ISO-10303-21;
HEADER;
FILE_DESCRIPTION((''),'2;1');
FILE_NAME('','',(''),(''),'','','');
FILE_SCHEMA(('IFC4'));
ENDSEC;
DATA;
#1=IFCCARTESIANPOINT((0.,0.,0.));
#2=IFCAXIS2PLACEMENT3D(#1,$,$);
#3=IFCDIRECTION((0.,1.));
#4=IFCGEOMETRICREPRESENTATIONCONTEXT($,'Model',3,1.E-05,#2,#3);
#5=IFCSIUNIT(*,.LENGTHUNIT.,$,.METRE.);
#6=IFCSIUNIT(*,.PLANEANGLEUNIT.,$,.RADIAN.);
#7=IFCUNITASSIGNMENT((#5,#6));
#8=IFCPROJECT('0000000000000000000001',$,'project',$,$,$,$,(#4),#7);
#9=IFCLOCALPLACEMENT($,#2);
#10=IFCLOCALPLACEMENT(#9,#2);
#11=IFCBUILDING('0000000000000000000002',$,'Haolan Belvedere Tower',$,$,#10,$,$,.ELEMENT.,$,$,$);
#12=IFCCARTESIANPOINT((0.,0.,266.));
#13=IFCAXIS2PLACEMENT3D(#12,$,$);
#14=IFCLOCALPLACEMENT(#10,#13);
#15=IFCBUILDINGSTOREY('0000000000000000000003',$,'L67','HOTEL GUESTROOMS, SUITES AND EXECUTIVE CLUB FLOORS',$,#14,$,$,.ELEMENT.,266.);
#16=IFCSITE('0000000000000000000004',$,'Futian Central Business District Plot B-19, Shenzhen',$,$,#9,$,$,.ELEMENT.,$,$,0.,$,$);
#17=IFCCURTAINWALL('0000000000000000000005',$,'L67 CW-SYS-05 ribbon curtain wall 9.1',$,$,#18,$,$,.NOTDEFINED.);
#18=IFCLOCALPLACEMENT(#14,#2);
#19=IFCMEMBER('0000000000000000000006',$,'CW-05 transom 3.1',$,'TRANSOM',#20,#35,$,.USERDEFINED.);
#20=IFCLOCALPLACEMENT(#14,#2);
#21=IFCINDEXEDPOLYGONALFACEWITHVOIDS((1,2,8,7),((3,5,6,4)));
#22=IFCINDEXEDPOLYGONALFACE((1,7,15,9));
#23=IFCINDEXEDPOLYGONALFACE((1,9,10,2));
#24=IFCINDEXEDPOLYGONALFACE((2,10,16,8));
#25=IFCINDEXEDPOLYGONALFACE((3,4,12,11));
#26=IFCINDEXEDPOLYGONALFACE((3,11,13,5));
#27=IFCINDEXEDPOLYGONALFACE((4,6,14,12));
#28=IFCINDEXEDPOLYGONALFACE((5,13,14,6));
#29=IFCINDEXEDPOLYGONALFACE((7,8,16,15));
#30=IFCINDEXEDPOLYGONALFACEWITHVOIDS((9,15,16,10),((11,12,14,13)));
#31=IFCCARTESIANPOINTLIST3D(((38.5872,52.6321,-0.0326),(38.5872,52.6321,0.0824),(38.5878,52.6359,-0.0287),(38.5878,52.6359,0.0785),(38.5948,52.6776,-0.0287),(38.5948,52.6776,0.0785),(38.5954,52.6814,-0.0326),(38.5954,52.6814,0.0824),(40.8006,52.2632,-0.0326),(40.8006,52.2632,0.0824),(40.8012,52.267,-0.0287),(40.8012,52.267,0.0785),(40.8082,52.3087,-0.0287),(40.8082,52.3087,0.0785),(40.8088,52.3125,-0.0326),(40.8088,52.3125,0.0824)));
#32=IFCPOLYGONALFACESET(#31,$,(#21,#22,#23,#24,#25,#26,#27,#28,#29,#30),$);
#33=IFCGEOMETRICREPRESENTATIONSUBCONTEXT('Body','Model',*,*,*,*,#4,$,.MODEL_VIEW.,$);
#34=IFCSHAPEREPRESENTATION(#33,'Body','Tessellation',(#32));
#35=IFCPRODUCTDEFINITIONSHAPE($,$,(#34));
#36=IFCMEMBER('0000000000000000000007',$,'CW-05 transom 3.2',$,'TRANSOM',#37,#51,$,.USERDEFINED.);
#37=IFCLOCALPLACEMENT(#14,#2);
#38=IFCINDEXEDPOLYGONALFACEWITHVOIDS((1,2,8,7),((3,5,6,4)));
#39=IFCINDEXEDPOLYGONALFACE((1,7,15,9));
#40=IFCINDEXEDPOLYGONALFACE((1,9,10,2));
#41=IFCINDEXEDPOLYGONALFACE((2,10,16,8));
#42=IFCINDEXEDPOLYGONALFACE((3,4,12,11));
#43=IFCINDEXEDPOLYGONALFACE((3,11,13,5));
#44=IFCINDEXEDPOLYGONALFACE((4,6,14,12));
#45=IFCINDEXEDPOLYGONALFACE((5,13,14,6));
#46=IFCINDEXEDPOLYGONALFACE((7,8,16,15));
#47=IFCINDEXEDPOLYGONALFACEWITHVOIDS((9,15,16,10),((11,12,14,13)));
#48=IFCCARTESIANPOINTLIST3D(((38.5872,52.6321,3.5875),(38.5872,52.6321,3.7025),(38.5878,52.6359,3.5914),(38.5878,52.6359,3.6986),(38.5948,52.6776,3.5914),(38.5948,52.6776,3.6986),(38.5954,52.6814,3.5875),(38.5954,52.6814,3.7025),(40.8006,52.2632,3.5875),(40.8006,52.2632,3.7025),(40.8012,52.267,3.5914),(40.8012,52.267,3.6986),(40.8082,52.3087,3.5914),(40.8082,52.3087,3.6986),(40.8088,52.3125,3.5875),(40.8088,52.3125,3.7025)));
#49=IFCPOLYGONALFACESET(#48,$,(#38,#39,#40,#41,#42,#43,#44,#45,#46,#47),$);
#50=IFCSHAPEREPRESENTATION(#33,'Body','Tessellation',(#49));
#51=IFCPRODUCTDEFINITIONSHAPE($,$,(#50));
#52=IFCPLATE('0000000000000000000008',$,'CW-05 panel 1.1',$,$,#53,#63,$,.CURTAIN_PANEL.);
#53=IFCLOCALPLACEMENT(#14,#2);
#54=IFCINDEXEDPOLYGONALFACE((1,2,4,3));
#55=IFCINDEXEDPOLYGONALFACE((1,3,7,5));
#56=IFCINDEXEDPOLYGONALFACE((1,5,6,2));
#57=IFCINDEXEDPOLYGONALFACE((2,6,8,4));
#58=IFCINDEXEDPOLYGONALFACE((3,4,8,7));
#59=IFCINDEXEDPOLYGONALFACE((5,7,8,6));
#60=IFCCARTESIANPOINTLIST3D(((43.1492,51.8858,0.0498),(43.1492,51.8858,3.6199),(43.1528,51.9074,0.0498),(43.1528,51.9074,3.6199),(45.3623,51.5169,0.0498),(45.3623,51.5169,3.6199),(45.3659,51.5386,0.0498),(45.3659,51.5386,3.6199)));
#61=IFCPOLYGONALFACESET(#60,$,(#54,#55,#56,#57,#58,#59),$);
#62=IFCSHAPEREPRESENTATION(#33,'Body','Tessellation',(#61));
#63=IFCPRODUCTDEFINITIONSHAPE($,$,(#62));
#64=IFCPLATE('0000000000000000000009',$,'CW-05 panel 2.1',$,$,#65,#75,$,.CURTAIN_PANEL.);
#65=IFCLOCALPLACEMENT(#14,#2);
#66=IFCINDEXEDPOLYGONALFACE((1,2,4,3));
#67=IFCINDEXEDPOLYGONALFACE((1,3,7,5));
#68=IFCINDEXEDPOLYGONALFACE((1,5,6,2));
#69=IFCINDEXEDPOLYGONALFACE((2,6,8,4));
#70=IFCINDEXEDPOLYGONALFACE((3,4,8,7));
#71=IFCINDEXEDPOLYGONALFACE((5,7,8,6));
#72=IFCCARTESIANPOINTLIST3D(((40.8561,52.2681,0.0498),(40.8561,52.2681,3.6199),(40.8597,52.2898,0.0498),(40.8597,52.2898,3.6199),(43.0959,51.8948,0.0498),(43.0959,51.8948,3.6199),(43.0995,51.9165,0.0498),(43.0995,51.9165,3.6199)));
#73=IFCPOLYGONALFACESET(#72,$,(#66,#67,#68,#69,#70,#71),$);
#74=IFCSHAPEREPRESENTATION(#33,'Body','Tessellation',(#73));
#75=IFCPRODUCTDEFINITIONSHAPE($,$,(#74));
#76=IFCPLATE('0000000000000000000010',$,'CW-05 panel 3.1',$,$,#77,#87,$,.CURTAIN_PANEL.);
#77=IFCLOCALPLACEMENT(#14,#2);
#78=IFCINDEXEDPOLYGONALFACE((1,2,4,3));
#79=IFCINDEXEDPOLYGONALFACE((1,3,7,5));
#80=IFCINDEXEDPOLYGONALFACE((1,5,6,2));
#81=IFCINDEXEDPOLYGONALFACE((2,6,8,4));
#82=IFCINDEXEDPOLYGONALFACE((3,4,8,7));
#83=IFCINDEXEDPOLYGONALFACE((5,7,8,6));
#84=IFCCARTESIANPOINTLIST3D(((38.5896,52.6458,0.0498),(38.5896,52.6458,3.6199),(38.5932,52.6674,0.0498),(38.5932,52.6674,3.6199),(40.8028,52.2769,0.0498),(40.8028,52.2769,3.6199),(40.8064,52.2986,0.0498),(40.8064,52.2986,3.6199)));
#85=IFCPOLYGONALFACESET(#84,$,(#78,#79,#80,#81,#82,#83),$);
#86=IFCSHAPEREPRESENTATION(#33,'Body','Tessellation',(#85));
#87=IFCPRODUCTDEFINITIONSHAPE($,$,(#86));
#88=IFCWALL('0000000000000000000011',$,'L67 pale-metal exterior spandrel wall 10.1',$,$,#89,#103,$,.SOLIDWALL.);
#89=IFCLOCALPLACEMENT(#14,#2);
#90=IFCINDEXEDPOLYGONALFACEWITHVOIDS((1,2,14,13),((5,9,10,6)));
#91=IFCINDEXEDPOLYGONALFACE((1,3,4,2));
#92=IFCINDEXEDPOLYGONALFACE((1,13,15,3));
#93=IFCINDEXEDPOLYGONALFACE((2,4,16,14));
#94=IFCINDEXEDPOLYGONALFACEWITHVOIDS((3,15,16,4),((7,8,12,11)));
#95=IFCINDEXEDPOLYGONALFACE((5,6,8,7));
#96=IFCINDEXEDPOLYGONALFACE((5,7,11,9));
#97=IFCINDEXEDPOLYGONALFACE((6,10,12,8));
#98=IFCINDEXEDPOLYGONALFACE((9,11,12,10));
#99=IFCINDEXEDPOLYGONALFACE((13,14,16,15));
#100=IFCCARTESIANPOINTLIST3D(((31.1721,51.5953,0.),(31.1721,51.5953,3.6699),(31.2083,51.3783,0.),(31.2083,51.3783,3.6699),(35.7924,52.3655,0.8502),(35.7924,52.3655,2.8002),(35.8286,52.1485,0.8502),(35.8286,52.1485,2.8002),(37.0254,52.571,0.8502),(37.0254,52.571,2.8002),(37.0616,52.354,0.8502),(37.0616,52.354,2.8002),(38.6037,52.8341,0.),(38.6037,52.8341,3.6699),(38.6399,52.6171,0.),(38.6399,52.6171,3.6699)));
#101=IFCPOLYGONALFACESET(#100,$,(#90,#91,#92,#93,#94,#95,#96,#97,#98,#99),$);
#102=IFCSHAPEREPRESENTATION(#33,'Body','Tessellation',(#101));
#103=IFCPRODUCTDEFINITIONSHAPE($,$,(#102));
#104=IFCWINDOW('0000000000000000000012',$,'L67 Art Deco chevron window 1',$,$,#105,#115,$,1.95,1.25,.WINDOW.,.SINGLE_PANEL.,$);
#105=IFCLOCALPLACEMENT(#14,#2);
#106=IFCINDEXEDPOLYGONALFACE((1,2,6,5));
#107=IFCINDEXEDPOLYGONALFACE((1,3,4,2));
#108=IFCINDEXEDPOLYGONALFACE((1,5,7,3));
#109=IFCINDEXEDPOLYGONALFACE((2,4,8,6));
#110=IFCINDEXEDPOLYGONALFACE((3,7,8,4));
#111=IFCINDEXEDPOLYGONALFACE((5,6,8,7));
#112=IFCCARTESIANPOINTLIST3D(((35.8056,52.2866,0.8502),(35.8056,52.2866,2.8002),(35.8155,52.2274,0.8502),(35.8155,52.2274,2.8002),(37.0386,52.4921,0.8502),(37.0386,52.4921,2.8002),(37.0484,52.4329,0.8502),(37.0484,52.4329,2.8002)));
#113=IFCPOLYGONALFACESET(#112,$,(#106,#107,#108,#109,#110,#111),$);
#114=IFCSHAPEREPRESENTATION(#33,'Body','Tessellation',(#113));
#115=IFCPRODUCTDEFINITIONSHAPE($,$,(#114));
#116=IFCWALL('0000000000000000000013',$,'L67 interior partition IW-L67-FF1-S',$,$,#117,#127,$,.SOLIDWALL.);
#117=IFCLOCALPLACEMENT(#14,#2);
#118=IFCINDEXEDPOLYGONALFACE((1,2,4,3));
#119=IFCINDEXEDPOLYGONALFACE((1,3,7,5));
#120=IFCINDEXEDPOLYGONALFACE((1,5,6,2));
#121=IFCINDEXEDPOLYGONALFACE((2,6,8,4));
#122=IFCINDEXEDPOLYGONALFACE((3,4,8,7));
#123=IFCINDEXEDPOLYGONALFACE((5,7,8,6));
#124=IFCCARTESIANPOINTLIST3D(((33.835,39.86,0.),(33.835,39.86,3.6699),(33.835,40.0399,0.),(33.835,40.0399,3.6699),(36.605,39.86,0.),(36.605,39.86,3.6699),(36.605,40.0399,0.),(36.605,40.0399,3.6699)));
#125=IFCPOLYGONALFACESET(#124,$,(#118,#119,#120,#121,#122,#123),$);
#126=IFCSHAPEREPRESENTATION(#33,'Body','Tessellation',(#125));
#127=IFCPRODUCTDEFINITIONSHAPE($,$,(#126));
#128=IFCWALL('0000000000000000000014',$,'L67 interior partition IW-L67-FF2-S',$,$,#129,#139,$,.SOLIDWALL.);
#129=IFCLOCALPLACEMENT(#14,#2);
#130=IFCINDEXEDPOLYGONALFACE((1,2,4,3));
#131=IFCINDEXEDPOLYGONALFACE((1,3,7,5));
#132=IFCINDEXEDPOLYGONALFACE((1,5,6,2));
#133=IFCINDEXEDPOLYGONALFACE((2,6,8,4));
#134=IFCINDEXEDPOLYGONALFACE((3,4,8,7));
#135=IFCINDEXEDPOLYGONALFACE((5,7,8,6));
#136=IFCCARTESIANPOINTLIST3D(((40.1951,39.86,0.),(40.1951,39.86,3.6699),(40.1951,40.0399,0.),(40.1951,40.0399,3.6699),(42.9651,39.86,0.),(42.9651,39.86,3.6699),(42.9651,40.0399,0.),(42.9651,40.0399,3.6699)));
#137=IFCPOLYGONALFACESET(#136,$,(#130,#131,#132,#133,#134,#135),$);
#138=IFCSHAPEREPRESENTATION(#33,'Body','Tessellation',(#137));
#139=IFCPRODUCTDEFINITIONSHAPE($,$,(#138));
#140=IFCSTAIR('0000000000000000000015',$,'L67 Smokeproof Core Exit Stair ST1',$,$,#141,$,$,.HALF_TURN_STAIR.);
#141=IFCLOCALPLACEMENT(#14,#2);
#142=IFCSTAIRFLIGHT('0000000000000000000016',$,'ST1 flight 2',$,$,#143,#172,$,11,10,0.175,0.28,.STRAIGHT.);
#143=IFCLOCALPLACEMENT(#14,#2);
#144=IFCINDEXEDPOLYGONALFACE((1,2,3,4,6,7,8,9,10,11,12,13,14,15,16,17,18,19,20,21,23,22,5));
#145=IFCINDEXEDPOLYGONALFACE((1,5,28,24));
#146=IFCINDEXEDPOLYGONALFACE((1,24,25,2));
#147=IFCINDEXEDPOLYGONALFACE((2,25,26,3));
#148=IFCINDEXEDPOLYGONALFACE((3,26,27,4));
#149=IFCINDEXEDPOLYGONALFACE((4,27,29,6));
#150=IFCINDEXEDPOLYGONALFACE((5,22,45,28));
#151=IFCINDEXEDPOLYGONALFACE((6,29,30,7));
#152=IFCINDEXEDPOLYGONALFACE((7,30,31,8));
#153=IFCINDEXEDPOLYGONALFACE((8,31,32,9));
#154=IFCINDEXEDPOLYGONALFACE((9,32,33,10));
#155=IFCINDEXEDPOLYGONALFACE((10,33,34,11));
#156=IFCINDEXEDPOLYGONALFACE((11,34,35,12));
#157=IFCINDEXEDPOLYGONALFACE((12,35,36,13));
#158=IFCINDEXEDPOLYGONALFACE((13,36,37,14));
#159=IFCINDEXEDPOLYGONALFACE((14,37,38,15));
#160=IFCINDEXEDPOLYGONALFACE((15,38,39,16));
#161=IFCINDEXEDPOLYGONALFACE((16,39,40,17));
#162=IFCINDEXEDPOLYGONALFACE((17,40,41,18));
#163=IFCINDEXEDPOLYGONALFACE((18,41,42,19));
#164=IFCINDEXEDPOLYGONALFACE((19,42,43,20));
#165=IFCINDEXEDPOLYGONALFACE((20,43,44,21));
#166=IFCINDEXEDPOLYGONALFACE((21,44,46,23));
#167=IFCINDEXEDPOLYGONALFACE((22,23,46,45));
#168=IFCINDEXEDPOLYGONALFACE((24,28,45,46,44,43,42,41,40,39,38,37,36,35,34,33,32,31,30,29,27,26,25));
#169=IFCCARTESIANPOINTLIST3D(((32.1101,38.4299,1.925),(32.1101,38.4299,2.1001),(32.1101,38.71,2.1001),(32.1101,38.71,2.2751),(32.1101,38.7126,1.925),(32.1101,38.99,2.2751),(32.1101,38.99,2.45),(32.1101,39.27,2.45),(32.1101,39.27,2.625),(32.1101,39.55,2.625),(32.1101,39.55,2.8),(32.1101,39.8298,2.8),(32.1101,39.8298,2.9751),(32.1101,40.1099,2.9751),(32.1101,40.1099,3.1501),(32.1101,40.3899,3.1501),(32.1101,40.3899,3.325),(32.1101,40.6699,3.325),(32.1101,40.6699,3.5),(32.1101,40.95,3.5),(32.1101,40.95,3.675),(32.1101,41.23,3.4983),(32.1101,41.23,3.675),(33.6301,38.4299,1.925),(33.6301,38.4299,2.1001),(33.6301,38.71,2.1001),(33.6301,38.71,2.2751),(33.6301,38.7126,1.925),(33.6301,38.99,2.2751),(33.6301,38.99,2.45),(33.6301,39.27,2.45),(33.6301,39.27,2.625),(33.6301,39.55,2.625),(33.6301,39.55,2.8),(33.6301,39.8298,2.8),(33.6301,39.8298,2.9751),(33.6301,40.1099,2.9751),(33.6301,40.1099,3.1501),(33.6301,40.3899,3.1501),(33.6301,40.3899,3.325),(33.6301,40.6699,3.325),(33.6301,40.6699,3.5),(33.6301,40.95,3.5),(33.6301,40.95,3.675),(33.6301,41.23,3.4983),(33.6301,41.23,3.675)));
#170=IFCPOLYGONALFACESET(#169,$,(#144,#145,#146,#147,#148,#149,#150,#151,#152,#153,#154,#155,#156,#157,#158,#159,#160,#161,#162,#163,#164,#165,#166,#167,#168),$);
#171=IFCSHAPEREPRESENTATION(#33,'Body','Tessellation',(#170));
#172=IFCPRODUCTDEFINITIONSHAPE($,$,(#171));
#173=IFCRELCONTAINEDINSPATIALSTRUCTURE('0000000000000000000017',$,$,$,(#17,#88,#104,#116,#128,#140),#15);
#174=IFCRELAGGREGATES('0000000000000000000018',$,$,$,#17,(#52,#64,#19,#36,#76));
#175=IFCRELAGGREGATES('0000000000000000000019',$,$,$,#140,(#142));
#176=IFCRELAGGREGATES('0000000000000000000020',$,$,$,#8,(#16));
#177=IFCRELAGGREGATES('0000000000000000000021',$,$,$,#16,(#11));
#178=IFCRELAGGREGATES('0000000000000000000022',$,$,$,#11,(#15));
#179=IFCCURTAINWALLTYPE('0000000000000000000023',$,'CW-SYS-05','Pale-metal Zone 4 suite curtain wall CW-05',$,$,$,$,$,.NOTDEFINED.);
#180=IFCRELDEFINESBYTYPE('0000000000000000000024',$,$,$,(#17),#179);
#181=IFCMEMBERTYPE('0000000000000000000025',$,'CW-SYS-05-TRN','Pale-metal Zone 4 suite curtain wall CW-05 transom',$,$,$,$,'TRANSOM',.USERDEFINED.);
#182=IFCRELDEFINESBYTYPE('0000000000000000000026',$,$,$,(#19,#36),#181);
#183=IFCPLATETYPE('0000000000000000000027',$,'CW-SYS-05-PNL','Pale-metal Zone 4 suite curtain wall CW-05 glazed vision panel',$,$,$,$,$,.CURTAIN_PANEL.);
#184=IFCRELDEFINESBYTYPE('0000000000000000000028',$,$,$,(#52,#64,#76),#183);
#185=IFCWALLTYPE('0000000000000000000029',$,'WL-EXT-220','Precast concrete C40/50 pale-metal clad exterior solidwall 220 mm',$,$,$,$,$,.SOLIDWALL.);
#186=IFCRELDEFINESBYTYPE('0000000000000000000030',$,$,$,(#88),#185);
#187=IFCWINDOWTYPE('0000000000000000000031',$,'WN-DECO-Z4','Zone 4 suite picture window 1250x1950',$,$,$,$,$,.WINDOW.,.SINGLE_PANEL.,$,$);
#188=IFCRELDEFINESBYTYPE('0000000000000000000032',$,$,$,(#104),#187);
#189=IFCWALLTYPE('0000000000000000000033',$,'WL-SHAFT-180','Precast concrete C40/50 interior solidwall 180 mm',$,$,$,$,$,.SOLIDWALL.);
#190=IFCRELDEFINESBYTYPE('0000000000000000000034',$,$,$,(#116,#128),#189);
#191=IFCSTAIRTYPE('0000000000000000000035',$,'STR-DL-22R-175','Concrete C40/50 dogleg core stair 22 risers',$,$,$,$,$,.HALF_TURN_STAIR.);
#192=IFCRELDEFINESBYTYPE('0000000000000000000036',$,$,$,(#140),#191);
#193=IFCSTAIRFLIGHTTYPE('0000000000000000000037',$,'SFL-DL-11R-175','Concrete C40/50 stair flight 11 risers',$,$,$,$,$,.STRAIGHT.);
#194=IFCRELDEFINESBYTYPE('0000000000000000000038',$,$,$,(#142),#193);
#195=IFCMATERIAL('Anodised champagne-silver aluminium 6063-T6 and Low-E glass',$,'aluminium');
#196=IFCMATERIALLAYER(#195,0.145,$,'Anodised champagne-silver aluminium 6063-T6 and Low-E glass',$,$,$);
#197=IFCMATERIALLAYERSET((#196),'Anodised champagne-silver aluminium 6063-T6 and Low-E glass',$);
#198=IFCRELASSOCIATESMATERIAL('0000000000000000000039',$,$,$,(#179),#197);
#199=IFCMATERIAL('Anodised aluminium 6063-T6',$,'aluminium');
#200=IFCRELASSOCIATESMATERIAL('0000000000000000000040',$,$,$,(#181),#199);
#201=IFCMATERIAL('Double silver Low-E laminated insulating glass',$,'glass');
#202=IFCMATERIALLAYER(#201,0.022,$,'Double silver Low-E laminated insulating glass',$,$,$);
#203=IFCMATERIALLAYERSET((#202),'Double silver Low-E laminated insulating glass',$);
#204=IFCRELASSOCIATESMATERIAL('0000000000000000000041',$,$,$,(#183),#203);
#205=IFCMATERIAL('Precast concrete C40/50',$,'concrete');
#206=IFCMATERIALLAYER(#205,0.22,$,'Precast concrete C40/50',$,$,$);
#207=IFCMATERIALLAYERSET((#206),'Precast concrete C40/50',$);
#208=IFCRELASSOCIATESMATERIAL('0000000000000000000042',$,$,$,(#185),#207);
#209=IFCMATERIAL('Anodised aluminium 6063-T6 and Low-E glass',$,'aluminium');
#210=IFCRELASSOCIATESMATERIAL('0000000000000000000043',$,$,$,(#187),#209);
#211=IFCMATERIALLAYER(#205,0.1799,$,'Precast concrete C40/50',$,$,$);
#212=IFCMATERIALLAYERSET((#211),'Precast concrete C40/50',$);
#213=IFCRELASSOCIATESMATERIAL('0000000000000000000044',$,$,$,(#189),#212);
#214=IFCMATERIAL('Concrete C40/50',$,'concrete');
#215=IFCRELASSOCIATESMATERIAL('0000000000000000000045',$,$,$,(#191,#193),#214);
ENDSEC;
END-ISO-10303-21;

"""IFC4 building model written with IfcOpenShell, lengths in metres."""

from ifc_helpers import new_model, si_unit, direction, frame, frame_2d, origin, origin_2d, place, context, subcontext, project, spatial, polyline, rectangle, hollow_rectangle, outline, extrude, material, layer, layer_set, material_profile, profile_set, type_object, element, fill, aggregate, save


model = new_model("IFC4")

# Units and contexts
model_context = context("Model", 3, precision=1e-05, world=origin(), true_north=direction((0.0, 1.0)))
body_context = subcontext(model_context, "Body", "Model", "MODEL_VIEW")
ifc_project = project(units=[si_unit("LENGTHUNIT", "METRE"), si_unit("PLANEANGLEUNIT", "RADIAN")], contexts=[model_context])

# Site, building, storey
site_placement = place(None, origin())
site = spatial("IfcSite", under=ifc_project, at=site_placement, Name="Futian Central Business District Plot B-19, Shenzhen", CompositionType="ELEMENT", RefElevation=0.0)
building_placement = place(site_placement, origin())
building = spatial("IfcBuilding", under=site, at=building_placement, Name="Haolan Belvedere Tower", CompositionType="ELEMENT")
storey_placement = place(building_placement, frame((0.0, 0.0, 266.0)))
storey = spatial("IfcBuildingStorey", under=building, at=storey_placement, Name="L67", Description="HOTEL GUESTROOMS, SUITES AND EXECUTIVE CLUB FLOORS", CompositionType="ELEMENT", Elevation=266.0)

# Curtain wall, members, plates
ifc_material_1 = material(Name="Anodised champagne-silver aluminium 6063-T6 and Low-E glass", Category="aluminium")
ifc_layer_1 = layer(ifc_material_1, 0.145, Name="Anodised champagne-silver aluminium 6063-T6 and Low-E glass")
ifc_layer_set_1 = layer_set([ifc_layer_1], Name="Anodised champagne-silver aluminium 6063-T6 and Low-E glass")
curtain_wall_type = type_object("IfcCurtainWallType", Name="CW-SYS-05", Description="Pale-metal Zone 4 suite curtain wall CW-05", PredefinedType="NOTDEFINED", material=ifc_layer_set_1)
curtain_wall_placement = place(storey_placement, origin())
curtain_wall = element("IfcCurtainWall", 1, at=curtain_wall_placement, inside=storey, type_object=curtain_wall_type, Name="L67 CW-SYS-05 ribbon curtain wall 9.1", PredefinedType="NOTDEFINED")
ifc_material_2 = material(Name="Anodised aluminium 6063-T6", Category="aluminium")
ifc_material_profile_1 = material_profile(ifc_material_2, hollow_rectangle(XDim=0.05, YDim=0.115, WallThickness=0.0039, at=origin_2d()), Name="Anodised aluminium 6063-T6")
ifc_profile_set_1 = profile_set([ifc_material_profile_1], Name="Anodised aluminium 6063-T6")
member_type_1 = type_object("IfcMemberType", Name="CW-SYS-05-TRN", Description="Pale-metal Zone 4 suite curtain wall CW-05 transom", ElementType="TRANSOM", PredefinedType="USERDEFINED", material=ifc_profile_set_1)
member_1_placement = place(storey_placement, frame((40.8047, 52.2878, 0.0249), z_axis=(-0.986394, 0.164399, 0.0), x_axis=(-0.164399, -0.986394, 0.0)))
member_1 = element("IfcMember", 2, at=member_1_placement, type_object=member_type_1, Name="CW-05 transom 3.1", ObjectType="TRANSOM", PredefinedType="USERDEFINED", context=body_context, shape_type="SweptSolid", body=[
    extrude(hollow_rectangle(XDim=0.05, YDim=0.115, WallThickness=0.0039, at=origin_2d()), origin(), (0.0, 0.0, 1.0), 2.2439),
])
member_2_placement = place(storey_placement, frame((40.8047, 52.2878, 3.645), z_axis=(-0.986394, 0.164399, 0.0), x_axis=(-0.164399, -0.986394, 0.0)))
member_2 = element("IfcMember", 3, at=member_2_placement, type_object=member_type_1, Name="CW-05 transom 3.2", ObjectType="TRANSOM", PredefinedType="USERDEFINED", context=body_context, shape_type="SweptSolid", body=[
    extrude(hollow_rectangle(XDim=0.05, YDim=0.115, WallThickness=0.0039, at=origin_2d()), origin(), (0.0, 0.0, 1.0), 2.2439),
])
ifc_material_3 = material(Name="Double silver Low-E laminated insulating glass", Category="glass")
ifc_layer_2 = layer(ifc_material_3, 0.022, Name="Double silver Low-E laminated insulating glass")
ifc_layer_set_2 = layer_set([ifc_layer_2], Name="Double silver Low-E laminated insulating glass")
plate_type = type_object("IfcPlateType", Name="CW-SYS-05-PNL", Description="Pale-metal Zone 4 suite curtain wall CW-05 glazed vision panel", PredefinedType="CURTAIN_PANEL", material=ifc_layer_set_2)
plate_1_placement = place(storey_placement, frame((44.2576, 51.7122, 0.0498), z_axis=(0.0, 0.0, 1.0), x_axis=(-0.986393, 0.164406, 0.0)))
plate_1 = element("IfcPlate", 4, at=plate_1_placement, type_object=plate_type, Name="CW-05 panel 1.1", PredefinedType="CURTAIN_PANEL", context=body_context, shape_type="SweptSolid", body=[
    extrude(rectangle(XDim=2.2437, YDim=0.022, at=origin_2d()), origin(), (0.0, 0.0, 1.0), 3.5701),
])
plate_2_placement = place(storey_placement, frame((41.9778, 52.0923, 0.0498), z_axis=(0.0, 0.0, 1.0), x_axis=(-0.986393, 0.164406, 0.0)))
plate_2 = element("IfcPlate", 5, at=plate_2_placement, type_object=plate_type, Name="CW-05 panel 2.1", PredefinedType="CURTAIN_PANEL", context=body_context, shape_type="SweptSolid", body=[
    extrude(rectangle(XDim=2.2708, YDim=0.022, at=origin_2d()), origin(), (0.0, 0.0, 1.0), 3.5701),
])
plate_3_placement = place(storey_placement, frame((39.698, 52.4722, 0.0498), z_axis=(0.0, 0.0, 1.0), x_axis=(-0.986393, 0.164406, 0.0)))
plate_3 = element("IfcPlate", 6, at=plate_3_placement, type_object=plate_type, Name="CW-05 panel 3.1", PredefinedType="CURTAIN_PANEL", context=body_context, shape_type="SweptSolid", body=[
    extrude(rectangle(XDim=2.2437, YDim=0.022, at=origin_2d()), origin(), (0.0, 0.0, 1.0), 3.5701),
])
aggregate(curtain_wall, [plate_1, plate_2, member_1, member_2, plate_3])

# Wall, opening, window
ifc_material_4 = material(Name="Precast concrete C40/50", Category="concrete")
ifc_layer_3 = layer(ifc_material_4, 0.22, Name="Precast concrete C40/50")
ifc_layer_set_3 = layer_set([ifc_layer_3], Name="Precast concrete C40/50")
wall_type_1 = type_object("IfcWallType", Name="WL-EXT-220", Description="Precast concrete C40/50 pale-metal clad exterior solidwall 220 mm", PredefinedType="SOLIDWALL", material=ifc_layer_set_3)
wall_placement = place(storey_placement, frame((38.6218, 52.7256, 0.0), z_axis=(0.0, 0.0, 1.0), x_axis=(-0.98639, -0.16442, 0.0)))
wall = element("IfcWall", 7, at=wall_placement, inside=storey, type_object=wall_type_1, Name="L67 pale-metal exterior spandrel wall 10.1", PredefinedType="SOLIDWALL", context=body_context, shape_type="SweptSolid", body=[
    extrude(rectangle(XDim=7.5342, YDim=0.22, at=frame_2d((3.7671, 0.0))), origin(), (0.0, 0.0, 1.0), 3.6699),
])
opening_placement = place(wall_placement, frame((1.6001, 0.0, 0.8501)))
opening = element("IfcOpeningElement", 8, at=opening_placement, cuts=wall, PredefinedType="OPENING", context=body_context, shape_type="SweptSolid", body=[
    extrude(rectangle(XDim=1.25, YDim=1.95, at=frame_2d((0.625, 0.9751))), frame((0.0, 0.1199, 0.0), z_axis=(0.0, -1.0, 0.0), x_axis=(1.0, 0.0, 0.0)), (0.0, 0.0, 1.0), 0.24),
])
ifc_material_5 = material(Name="Anodised aluminium 6063-T6 and Low-E glass", Category="aluminium")
window_type = type_object("IfcWindowType", Name="WN-DECO-Z4", Description="Zone 4 suite picture window 1250x1950", PartitioningType="SINGLE_PANEL", PredefinedType="WINDOW", material=ifc_material_5)
window_placement = place(opening_placement, origin())
window = element("IfcWindow", 9, at=window_placement, inside=storey, type_object=window_type, Name="L67 Art Deco chevron window 1", OverallHeight=1.95, OverallWidth=1.25, PartitioningType="SINGLE_PANEL", PredefinedType="WINDOW", context=body_context, shape_type="SweptSolid", body=[
    extrude(rectangle(XDim=1.25, YDim=1.95, at=frame_2d((0.625, 0.9751))), frame((0.0, 0.03, 0.0), z_axis=(0.0, -1.0, 0.0), x_axis=(1.0, 0.0, 0.0)), (0.0, 0.0, 1.0), 0.0601),
])
fill(opening, window)

# Walls
ifc_layer_4 = layer(ifc_material_4, 0.1799, Name="Precast concrete C40/50")
ifc_layer_set_4 = layer_set([ifc_layer_4], Name="Precast concrete C40/50")
wall_type_2 = type_object("IfcWallType", Name="WL-SHAFT-180", Description="Precast concrete C40/50 interior solidwall 180 mm", PredefinedType="SOLIDWALL", material=ifc_layer_set_4)
for number, where, z_axis, x_axis, name in (
    (10, (33.835, 39.95, 0.0), (0.0, 0.0, 1.0), (1.0, 0.0, 0.0), "L67 interior partition IW-L67-FF1-S"),
    (11, (40.1951, 39.95, 0.0), (0.0, 0.0, 1.0), (1.0, 0.0, 0.0), "L67 interior partition IW-L67-FF2-S"),
):
    element("IfcWall", number, at=place(storey_placement, frame(where, z_axis=z_axis, x_axis=x_axis)), inside=storey, type_object=wall_type_2, Name=name, PredefinedType="SOLIDWALL", context=body_context, shape_type="SweptSolid", body=[
        extrude(rectangle(XDim=2.77, YDim=0.1799, at=frame_2d((1.385, 0.0))), origin(), (0.0, 0.0, 1.0), 3.6699),
    ])

# Stair, stair flight
ifc_material_6 = material(Name="Concrete C40/50", Category="concrete")
stair_type = type_object("IfcStairType", Name="STR-DL-22R-175", Description="Concrete C40/50 dogleg core stair 22 risers", PredefinedType="HALF_TURN_STAIR", material=ifc_material_6)
stair_1_placement = place(storey_placement, origin())
stair_1 = element("IfcStair", 12, at=stair_1_placement, inside=storey, type_object=stair_type, Name="L67 Smokeproof Core Exit Stair ST1", PredefinedType="HALF_TURN_STAIR")
stair_flight_type = type_object("IfcStairFlightType", Name="SFL-DL-11R-175", Description="Concrete C40/50 stair flight 11 risers", PredefinedType="STRAIGHT", material=ifc_material_6)
stair_flight_1_placement = place(storey_placement, frame((32.8701, 38.4299, 1.925), z_axis=(0.0, 0.0, 1.0), x_axis=(0.0, 1.0, 0.0)))
stair_flight_1 = element("IfcStairFlight", 13, at=stair_flight_1_placement, type_object=stair_flight_type, Name="ST1 flight 2", NumberOfRisers=11, NumberOfTreads=10, PredefinedType="STRAIGHT", RiserHeight=0.175, TreadLength=0.28, context=body_context, shape_type="SweptSolid", body=[
    extrude(outline(polyline([(0.0, 0.0), (0.0, 0.175), (0.28, 0.175), (0.28, 0.3501), (0.5601, 0.3501), (0.5601, 0.5249), (0.8401, 0.5249), (0.8401, 0.7), (1.1201, 0.7), (1.1201, 0.875), (1.3999, 0.875), (1.3999, 1.05), (1.6799, 1.05), (1.6799, 1.2251), (1.96, 1.2251), (1.96, 1.3999), (2.24, 1.3999), (2.24, 1.575), (2.52, 1.575), (2.52, 1.75), (2.8, 1.75), (2.8, 1.925), (2.8, 1.5732), (0.2827, 0.0), (0.0, 0.0)])), frame((0.0, 0.76, 0.0), z_axis=(0.0, -1.0, 0.0), x_axis=(1.0, 0.0, 0.0)), (0.0, 0.0, 1.0), 1.52),
])
aggregate(stair_1, [stair_flight_1])

save(model, "model.ifc")
